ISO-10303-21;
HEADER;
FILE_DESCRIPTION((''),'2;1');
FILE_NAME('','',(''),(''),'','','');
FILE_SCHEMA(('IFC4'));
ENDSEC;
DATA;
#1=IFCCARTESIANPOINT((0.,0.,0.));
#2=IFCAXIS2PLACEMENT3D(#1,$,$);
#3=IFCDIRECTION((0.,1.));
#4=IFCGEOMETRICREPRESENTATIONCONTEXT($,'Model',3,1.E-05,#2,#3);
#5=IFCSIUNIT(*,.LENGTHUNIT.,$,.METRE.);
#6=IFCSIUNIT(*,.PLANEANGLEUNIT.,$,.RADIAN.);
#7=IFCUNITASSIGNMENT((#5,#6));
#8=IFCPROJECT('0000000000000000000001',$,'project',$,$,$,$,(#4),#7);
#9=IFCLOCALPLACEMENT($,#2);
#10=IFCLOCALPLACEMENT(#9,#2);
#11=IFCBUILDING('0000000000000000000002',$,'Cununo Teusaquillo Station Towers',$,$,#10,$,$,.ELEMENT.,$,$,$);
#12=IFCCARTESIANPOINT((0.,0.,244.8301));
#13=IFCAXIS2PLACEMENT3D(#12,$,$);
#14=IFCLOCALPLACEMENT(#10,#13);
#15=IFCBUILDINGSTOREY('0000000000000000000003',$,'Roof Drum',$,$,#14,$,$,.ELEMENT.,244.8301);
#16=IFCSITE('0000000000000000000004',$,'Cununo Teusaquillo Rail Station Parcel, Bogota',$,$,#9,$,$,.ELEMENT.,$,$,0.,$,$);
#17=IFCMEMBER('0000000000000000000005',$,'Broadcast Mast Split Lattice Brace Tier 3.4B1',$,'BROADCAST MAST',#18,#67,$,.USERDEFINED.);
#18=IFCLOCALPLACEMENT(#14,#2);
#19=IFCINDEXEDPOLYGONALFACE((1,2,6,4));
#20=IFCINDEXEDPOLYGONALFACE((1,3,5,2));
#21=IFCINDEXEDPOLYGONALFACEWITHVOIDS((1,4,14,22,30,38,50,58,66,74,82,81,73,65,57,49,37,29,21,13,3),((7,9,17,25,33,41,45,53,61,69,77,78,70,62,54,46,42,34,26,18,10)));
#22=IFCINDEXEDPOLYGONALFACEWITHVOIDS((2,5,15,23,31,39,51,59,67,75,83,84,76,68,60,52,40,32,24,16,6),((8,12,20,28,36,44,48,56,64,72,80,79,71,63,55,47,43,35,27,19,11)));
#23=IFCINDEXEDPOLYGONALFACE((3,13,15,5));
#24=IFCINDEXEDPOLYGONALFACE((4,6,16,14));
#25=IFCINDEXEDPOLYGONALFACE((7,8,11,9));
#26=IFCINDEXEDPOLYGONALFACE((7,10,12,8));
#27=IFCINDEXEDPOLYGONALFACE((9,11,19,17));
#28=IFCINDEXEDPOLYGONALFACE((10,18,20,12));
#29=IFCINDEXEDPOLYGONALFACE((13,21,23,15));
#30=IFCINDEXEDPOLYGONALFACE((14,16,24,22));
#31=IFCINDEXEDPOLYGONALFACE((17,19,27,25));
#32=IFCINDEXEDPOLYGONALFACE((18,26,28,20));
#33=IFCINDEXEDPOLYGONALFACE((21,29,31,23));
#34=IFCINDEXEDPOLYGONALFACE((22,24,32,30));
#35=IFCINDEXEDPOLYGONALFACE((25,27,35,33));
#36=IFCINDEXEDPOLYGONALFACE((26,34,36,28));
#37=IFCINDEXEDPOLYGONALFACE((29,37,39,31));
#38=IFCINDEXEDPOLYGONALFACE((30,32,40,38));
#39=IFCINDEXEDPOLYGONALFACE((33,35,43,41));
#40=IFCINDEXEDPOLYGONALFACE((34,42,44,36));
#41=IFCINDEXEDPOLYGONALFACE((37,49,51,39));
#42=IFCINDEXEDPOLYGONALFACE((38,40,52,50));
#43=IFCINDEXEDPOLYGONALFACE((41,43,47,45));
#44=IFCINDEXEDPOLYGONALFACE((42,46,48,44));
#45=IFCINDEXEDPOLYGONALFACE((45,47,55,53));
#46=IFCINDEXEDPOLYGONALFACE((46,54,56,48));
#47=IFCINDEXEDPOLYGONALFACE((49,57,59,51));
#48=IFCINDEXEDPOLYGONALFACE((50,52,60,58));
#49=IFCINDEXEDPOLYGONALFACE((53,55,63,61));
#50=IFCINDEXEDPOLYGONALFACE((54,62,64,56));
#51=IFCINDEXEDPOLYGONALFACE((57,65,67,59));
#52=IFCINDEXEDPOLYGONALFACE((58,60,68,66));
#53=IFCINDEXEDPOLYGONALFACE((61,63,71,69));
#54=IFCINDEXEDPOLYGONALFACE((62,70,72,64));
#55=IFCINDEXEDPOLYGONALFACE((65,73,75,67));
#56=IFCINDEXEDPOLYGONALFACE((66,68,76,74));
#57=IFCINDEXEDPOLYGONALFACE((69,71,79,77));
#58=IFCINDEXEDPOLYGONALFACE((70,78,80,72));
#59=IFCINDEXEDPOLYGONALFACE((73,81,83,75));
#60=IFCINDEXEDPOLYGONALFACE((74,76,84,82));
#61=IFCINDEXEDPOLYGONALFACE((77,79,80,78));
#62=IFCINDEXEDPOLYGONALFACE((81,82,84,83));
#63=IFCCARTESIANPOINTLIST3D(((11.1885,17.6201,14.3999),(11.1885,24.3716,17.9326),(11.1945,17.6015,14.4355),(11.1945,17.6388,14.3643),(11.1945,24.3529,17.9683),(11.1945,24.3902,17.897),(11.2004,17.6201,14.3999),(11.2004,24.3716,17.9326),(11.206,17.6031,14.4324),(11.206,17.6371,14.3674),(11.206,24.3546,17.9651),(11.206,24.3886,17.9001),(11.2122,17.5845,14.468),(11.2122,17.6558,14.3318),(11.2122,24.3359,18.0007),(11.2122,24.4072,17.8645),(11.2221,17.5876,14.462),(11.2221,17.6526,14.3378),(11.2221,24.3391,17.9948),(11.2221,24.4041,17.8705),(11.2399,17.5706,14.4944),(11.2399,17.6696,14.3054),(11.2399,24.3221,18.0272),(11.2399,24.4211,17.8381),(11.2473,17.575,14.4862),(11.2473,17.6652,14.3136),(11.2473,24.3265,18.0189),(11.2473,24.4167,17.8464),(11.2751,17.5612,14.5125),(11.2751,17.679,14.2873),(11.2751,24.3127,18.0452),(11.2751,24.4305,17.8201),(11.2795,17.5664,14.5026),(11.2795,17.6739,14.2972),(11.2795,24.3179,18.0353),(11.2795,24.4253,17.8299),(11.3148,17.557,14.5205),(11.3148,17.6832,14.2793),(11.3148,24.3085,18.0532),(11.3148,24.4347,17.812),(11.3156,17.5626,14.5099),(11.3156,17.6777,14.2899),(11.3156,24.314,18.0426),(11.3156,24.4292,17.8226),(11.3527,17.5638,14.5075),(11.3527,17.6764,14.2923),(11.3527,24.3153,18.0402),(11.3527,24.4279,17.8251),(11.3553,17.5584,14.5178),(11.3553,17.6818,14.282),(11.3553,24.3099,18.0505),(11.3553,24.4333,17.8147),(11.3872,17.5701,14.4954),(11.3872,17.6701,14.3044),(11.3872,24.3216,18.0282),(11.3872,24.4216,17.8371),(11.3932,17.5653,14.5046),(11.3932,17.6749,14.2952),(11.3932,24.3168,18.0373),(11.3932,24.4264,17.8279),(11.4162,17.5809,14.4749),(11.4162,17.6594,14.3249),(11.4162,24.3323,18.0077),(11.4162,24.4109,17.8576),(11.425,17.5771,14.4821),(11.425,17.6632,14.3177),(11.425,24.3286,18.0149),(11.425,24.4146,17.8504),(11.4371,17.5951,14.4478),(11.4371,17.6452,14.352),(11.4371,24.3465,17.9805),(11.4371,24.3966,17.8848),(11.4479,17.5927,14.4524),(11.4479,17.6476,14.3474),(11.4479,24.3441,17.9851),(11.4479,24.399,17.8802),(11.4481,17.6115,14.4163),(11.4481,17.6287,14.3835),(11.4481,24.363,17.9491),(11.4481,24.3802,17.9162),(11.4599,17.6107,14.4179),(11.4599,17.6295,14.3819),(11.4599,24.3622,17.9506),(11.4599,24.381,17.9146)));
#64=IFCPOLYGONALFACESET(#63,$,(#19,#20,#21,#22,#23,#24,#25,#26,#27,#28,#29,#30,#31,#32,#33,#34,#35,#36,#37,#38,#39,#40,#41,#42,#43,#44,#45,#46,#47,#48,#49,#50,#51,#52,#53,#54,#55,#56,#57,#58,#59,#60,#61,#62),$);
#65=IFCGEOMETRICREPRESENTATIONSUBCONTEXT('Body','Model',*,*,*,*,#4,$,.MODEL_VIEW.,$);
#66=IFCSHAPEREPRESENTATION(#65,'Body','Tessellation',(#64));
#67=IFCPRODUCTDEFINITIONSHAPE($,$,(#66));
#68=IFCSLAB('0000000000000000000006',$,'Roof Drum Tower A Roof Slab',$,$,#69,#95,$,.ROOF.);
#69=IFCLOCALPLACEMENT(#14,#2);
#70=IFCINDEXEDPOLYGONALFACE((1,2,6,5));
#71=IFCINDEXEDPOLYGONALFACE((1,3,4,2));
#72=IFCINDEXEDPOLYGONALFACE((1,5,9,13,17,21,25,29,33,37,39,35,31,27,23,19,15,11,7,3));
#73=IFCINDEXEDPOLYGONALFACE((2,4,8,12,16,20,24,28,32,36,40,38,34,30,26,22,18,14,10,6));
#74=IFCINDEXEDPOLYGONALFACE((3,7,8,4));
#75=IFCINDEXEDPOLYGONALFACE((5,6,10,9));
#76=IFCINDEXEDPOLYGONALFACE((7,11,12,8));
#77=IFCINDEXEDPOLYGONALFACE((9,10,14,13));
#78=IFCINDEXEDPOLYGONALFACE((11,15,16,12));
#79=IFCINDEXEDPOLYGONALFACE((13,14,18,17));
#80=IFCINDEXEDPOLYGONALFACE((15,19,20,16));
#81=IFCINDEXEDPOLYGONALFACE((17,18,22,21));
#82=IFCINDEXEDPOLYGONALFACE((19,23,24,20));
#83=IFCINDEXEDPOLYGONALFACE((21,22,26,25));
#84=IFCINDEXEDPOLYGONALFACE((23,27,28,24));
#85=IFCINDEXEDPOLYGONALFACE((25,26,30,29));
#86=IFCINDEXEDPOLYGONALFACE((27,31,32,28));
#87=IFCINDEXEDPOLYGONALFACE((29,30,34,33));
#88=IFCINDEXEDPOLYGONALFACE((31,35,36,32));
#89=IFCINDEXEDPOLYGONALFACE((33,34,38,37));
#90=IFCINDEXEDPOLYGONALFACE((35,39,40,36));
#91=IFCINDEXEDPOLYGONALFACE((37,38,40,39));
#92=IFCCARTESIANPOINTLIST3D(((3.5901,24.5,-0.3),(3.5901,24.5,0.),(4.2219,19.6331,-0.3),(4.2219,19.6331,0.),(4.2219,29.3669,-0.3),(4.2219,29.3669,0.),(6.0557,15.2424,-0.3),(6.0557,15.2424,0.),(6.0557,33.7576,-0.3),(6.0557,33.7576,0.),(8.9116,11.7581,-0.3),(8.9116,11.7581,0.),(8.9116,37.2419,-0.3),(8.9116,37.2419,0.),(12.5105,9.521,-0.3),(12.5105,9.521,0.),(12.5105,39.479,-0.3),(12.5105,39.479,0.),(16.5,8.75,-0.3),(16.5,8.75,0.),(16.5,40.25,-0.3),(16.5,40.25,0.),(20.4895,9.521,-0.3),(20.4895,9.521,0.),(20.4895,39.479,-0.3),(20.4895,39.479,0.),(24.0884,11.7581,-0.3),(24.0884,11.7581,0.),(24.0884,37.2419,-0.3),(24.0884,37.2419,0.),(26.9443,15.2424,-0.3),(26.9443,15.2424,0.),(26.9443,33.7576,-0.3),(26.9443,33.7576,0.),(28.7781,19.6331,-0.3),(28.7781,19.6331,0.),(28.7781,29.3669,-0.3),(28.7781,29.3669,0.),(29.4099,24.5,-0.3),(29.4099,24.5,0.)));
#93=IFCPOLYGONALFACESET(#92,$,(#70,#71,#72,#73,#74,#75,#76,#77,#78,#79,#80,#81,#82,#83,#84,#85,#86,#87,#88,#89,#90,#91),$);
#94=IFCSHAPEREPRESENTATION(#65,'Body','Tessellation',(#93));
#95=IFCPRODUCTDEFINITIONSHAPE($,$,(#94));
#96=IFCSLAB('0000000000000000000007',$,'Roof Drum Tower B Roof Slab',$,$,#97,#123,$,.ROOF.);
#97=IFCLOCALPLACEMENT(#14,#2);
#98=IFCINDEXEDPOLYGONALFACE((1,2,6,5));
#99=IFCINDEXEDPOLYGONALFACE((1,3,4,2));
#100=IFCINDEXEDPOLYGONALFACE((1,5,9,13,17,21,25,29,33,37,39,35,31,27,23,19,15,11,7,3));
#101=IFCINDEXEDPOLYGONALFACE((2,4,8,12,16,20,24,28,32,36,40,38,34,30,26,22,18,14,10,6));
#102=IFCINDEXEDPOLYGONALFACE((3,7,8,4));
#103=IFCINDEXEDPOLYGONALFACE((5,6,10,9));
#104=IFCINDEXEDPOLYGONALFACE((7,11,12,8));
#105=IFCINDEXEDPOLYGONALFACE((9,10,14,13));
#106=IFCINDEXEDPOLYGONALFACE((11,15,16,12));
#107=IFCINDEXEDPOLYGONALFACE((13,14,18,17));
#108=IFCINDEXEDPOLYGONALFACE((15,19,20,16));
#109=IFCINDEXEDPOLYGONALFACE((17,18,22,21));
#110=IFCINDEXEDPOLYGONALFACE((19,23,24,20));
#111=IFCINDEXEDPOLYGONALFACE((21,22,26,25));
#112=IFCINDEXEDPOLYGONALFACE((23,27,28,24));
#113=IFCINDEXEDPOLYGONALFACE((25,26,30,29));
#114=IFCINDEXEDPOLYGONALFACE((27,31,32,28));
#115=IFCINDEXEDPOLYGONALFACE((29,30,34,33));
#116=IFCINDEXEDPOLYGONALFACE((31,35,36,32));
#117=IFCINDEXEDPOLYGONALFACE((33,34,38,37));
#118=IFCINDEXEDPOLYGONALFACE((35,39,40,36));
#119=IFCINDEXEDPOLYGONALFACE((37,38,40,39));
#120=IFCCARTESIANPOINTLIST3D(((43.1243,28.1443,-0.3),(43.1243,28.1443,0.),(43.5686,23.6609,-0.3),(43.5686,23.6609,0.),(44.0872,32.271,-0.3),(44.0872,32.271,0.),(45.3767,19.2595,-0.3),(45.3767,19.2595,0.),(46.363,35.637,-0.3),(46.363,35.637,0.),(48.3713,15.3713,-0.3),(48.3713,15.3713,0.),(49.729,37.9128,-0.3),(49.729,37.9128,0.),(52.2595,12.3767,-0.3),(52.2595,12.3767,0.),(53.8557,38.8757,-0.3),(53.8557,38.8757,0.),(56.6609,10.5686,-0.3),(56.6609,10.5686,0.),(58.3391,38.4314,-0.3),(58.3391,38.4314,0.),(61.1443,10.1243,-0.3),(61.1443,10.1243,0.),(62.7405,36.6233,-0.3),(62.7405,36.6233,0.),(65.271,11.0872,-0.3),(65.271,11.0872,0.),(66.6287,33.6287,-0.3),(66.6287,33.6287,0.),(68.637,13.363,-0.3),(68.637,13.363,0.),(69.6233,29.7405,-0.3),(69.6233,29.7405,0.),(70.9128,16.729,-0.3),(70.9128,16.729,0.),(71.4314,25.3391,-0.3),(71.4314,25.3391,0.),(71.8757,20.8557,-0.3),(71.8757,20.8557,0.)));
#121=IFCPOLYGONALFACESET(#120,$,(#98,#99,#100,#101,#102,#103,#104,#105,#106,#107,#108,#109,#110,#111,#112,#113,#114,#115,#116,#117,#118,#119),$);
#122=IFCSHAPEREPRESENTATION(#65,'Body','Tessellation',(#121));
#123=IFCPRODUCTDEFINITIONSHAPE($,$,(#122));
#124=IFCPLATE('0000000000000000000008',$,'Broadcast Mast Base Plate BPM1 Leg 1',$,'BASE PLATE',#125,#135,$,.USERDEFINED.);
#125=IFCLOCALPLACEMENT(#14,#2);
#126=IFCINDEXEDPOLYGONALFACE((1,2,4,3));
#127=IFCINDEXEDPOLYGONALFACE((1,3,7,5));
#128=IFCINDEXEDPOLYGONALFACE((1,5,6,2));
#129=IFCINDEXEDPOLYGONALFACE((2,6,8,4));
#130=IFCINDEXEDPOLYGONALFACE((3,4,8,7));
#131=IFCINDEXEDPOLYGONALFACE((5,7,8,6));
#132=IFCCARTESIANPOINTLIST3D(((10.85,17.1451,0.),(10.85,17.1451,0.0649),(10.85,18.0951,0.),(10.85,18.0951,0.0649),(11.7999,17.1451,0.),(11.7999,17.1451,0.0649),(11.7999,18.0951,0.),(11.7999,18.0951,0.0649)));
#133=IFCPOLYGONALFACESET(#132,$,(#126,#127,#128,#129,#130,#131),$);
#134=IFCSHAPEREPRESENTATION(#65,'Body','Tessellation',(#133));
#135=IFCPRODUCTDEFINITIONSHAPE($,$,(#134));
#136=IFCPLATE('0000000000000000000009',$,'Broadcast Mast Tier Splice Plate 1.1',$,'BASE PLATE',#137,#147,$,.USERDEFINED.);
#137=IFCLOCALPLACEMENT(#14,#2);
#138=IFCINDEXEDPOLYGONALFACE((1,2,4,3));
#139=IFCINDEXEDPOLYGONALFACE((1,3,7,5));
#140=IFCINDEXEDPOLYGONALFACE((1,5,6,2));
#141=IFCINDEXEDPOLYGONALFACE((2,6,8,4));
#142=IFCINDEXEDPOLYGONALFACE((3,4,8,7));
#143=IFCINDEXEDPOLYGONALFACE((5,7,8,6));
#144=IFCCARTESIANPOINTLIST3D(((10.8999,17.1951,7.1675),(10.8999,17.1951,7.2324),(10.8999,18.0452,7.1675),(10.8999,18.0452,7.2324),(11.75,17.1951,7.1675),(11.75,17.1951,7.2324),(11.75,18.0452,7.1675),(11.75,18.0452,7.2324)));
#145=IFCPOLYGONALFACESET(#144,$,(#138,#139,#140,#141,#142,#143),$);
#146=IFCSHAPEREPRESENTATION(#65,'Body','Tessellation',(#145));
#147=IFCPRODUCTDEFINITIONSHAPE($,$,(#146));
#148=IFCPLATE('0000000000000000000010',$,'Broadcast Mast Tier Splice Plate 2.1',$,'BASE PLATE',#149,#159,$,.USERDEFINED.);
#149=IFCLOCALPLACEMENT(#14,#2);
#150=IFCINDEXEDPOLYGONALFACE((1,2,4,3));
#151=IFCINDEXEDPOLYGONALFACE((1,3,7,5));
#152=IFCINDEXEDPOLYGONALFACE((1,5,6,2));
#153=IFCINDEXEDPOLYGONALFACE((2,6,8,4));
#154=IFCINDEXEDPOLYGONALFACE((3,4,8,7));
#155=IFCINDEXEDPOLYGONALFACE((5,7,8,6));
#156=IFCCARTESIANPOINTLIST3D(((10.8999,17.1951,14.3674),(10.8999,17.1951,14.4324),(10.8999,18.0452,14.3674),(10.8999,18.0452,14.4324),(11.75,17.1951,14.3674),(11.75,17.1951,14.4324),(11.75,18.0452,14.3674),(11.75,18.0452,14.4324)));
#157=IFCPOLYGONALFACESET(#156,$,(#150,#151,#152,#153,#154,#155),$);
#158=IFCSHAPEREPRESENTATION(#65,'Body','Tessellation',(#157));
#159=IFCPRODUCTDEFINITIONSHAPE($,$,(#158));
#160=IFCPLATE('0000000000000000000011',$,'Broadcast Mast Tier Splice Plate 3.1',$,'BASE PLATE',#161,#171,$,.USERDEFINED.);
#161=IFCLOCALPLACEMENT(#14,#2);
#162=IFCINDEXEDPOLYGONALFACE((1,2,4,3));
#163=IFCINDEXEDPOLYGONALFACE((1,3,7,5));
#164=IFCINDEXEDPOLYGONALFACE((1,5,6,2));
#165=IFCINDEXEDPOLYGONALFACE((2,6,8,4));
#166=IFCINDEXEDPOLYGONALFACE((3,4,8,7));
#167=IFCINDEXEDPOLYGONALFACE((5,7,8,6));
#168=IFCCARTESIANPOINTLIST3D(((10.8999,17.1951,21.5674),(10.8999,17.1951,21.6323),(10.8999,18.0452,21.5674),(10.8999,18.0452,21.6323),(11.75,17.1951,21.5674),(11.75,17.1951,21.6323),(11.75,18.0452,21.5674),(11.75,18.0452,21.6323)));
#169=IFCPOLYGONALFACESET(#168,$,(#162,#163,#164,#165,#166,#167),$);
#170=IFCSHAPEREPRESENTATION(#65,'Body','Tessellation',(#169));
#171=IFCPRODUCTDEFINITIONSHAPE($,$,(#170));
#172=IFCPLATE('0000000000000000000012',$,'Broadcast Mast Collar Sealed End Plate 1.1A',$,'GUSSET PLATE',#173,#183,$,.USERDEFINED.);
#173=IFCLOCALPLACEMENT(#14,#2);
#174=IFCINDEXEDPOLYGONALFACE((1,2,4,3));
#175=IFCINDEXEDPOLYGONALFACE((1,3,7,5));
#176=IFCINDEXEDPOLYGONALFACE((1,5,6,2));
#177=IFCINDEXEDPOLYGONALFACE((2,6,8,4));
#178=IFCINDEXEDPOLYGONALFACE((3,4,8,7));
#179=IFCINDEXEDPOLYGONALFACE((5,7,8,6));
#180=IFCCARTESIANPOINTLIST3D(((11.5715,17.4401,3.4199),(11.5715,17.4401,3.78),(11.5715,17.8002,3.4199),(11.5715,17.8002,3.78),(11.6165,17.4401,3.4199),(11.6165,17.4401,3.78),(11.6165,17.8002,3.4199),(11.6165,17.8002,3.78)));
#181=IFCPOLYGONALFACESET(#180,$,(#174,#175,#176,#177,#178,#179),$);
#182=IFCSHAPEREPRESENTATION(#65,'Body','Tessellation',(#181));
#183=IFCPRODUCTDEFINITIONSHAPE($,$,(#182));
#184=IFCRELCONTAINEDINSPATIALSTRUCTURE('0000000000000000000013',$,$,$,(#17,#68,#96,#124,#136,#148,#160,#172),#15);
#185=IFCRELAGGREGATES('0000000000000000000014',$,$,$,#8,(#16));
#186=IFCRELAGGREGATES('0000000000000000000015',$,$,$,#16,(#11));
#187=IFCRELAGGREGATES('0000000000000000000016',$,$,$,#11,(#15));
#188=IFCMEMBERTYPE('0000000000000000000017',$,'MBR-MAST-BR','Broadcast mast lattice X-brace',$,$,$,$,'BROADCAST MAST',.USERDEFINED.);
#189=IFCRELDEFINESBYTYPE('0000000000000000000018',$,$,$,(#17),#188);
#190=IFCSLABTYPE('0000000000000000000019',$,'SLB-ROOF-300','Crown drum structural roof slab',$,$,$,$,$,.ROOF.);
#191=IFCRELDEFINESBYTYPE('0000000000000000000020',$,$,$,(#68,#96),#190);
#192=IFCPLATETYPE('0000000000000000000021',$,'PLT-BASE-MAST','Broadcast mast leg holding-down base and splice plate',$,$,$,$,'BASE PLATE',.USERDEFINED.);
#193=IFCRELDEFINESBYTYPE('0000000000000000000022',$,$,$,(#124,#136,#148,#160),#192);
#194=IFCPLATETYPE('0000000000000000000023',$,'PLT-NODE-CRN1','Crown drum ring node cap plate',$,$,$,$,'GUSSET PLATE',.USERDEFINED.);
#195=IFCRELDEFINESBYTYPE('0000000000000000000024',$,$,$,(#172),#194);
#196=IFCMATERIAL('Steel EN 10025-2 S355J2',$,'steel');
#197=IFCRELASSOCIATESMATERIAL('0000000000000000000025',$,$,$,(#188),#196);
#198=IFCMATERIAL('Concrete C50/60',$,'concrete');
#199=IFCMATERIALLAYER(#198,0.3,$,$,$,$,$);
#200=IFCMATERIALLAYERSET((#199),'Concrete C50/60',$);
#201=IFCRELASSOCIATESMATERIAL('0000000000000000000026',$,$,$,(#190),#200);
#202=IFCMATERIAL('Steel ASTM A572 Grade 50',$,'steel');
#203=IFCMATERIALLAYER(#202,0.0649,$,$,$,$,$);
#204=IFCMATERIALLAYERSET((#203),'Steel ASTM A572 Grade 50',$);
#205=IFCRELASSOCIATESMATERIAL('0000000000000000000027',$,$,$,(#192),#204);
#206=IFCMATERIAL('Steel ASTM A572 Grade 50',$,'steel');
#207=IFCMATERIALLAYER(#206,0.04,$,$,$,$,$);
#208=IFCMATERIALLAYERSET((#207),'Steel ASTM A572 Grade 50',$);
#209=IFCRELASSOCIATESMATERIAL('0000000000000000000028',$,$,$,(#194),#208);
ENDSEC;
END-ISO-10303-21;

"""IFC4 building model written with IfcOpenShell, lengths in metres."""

from ifc_helpers import new_model, si_unit, direction, frame, origin, origin_2d, place, context, subcontext, project, spatial, polyline, rectangle, hollow_circle, outline, extrude, source, transform, mapped, material, layer, layer_set, material_profile, profile_set, type_object, element, save


model = new_model("IFC4")

# Units and contexts
model_context = context("Model", 3, precision=1e-05, world=origin(), true_north=direction((0.0, 1.0)))
body_context = subcontext(model_context, "Body", "Model", "MODEL_VIEW")
ifc_project = project(units=[si_unit("LENGTHUNIT", "METRE"), si_unit("PLANEANGLEUNIT", "RADIAN")], contexts=[model_context])

# Site, building, storey
site_placement = place(None, origin())
site = spatial("IfcSite", under=ifc_project, at=site_placement, Name="Cununo Teusaquillo Rail Station Parcel, Bogota", CompositionType="ELEMENT", RefElevation=0.0)
building_placement = place(site_placement, origin())
building = spatial("IfcBuilding", under=site, at=building_placement, Name="Cununo Teusaquillo Station Towers", CompositionType="ELEMENT")
storey_placement = place(building_placement, frame((0.0, 0.0, 244.8301)))
storey = spatial("IfcBuildingStorey", under=building, at=storey_placement, Name="Roof Drum", CompositionType="ELEMENT", Elevation=244.8301)

# Member
ifc_material_1 = material(Name="Steel EN 10025-2 S355J2", Category="steel")
ifc_material_profile_1 = material_profile(ifc_material_1, hollow_circle(Radius=0.1365, WallThickness=0.012, at=origin_2d()), Name="CHS 273x12")
ifc_profile_set_1 = profile_set([ifc_material_profile_1], Name="Steel EN 10025-2 S355J2")
member_type = type_object("IfcMemberType", Name="MBR-MAST-BR", Description="Broadcast mast lattice X-brace", ElementType="BROADCAST MAST", PredefinedType="USERDEFINED", material=ifc_profile_set_1)
member_1_placement = place(storey_placement, frame((11.325, 17.6201, 14.3999), z_axis=(0.0, 0.886035, 0.463619), x_axis=(-1.0, 0.0, 0.0)))
element("IfcMember", 1, at=member_1_placement, inside=storey, type_object=member_type, Name="Broadcast Mast Split Lattice Brace Tier 3.4B1", ObjectType="BROADCAST MAST", PredefinedType="USERDEFINED", context=body_context, shape_type="SweptSolid", body=[
    extrude(hollow_circle(Radius=0.1365, WallThickness=0.012, at=origin_2d()), origin(), (0.0, 0.0, 1.0), 7.6199),
])

# Slabs
ifc_material_2 = material(Name="Concrete C50/60", Category="concrete")
ifc_layer_1 = layer(ifc_material_2, 0.3)
ifc_layer_set_1 = layer_set([ifc_layer_1], Name="Concrete C50/60")
slab_type = type_object("IfcSlabType", Name="SLB-ROOF-300", Description="Crown drum structural roof slab", PredefinedType="ROOF", material=ifc_layer_set_1)
slab_1_placement = place(storey_placement, frame((0.0, 0.0, -0.3)))
element("IfcSlab", 2, at=slab_1_placement, inside=storey, type_object=slab_type, Name="Roof Drum Tower A Roof Slab", PredefinedType="ROOF", context=body_context, shape_type="SweptSolid", body=[
    extrude(outline(polyline([(29.4099, 24.5), (28.7781, 29.3669), (26.9443, 33.7576), (24.0884, 37.2419), (20.4895, 39.479), (16.5, 40.25), (12.5105, 39.479), (8.9116, 37.2419), (6.0557, 33.7576), (4.2219, 29.3669), (3.5901, 24.5), (4.2219, 19.6331), (6.0557, 15.2424), (8.9116, 11.7581), (12.5105, 9.521), (16.5, 8.75), (20.4895, 9.521), (24.0884, 11.7581), (26.9443, 15.2424), (28.7781, 19.6331), (29.4099, 24.5)])), origin(), (0.0, 0.0, 1.0), 0.3),
])
slab_2_placement = place(storey_placement, frame((0.0, 0.0, -0.3)))
element("IfcSlab", 3, at=slab_2_placement, inside=storey, type_object=slab_type, Name="Roof Drum Tower B Roof Slab", PredefinedType="ROOF", context=body_context, shape_type="SweptSolid", body=[
    extrude(outline(polyline([(66.6287, 33.6287), (62.7405, 36.6233), (58.3391, 38.4314), (53.8557, 38.8757), (49.729, 37.9128), (46.363, 35.637), (44.0872, 32.271), (43.1243, 28.1443), (43.5686, 23.6609), (45.3767, 19.2595), (48.3713, 15.3713), (52.2595, 12.3767), (56.6609, 10.5686), (61.1443, 10.1243), (65.271, 11.0872), (68.637, 13.363), (70.9128, 16.729), (71.8757, 20.8557), (71.4314, 25.3391), (69.6233, 29.7405), (66.6287, 33.6287)])), origin(), (0.0, 0.0, 1.0), 0.3),
])

# Plates
ifc_material_3 = material(Name="Steel ASTM A572 Grade 50", Category="steel")
ifc_layer_2 = layer(ifc_material_3, 0.0649)
ifc_layer_set_2 = layer_set([ifc_layer_2], Name="Steel ASTM A572 Grade 50")
plate_type_1 = type_object("IfcPlateType", Name="PLT-BASE-MAST", Description="Broadcast mast leg holding-down base and splice plate", ElementType="BASE PLATE", PredefinedType="USERDEFINED", material=ifc_layer_set_2)
shared_shape_1 = source(origin(), body_context, "Body", "SweptSolid", [
    extrude(rectangle(XDim=0.95, YDim=0.95, at=origin_2d()), origin(), (0.0, 0.0, 1.0), 0.0649),
])
plate_placement = place(storey_placement, frame((11.325, 17.6201, 0.0), z_axis=(0.0, 0.0, 1.0), x_axis=(1.0, 0.0, 0.0)))
element("IfcPlate", 4, at=plate_placement, inside=storey, type_object=plate_type_1, Name="Broadcast Mast Base Plate BPM1 Leg 1", ObjectType="BASE PLATE", PredefinedType="USERDEFINED", context=body_context, shape_type="MappedRepresentation", body=[
    mapped(shared_shape_1, transform((0.0, 0.0, 0.0), x_axis=(1.0, 0.0, 0.0), y_axis=(0.0, 1.0, 0.0), z_axis=(0.0, 0.0, 1.0), scale=1.0)),
])
shared_shape_2 = source(origin(), body_context, "Body", "SweptSolid", [
    extrude(rectangle(XDim=0.8501, YDim=0.8501, at=origin_2d()), origin(), (0.0, 0.0, 1.0), 0.0649),
])
for number, where, z_axis, x_axis, name in (
    (5, (11.325, 17.6201, 7.1675), (0.0, 0.0, 1.0), (1.0, 0.0, 0.0), "Broadcast Mast Tier Splice Plate 1.1"),
    (6, (11.325, 17.6201, 14.3674), (0.0, 0.0, 1.0), (1.0, 0.0, 0.0), "Broadcast Mast Tier Splice Plate 2.1"),
    (7, (11.325, 17.6201, 21.5674), (0.0, 0.0, 1.0), (1.0, 0.0, 0.0), "Broadcast Mast Tier Splice Plate 3.1"),
):
    element("IfcPlate", number, at=place(storey_placement, frame(where, z_axis=z_axis, x_axis=x_axis)), inside=storey, type_object=plate_type_1, Name=name, ObjectType="BASE PLATE", PredefinedType="USERDEFINED", context=body_context, shape_type="MappedRepresentation", body=[
        mapped(shared_shape_2, transform((0.0, 0.0, 0.0), x_axis=(1.0, 0.0, 0.0), y_axis=(0.0, 1.0, 0.0), z_axis=(0.0, 0.0, 1.0), scale=1.0)),
    ])
ifc_material_4 = material(Name="Steel ASTM A572 Grade 50", Category="steel")
ifc_layer_3 = layer(ifc_material_4, 0.04)
ifc_layer_set_3 = layer_set([ifc_layer_3], Name="Steel ASTM A572 Grade 50")
plate_type_2 = type_object("IfcPlateType", Name="PLT-NODE-CRN1", Description="Crown drum ring node cap plate", ElementType="GUSSET PLATE", PredefinedType="USERDEFINED", material=ifc_layer_set_3)
shared_shape_3 = source(origin(), body_context, "Body", "SweptSolid", [
    extrude(rectangle(XDim=0.0449, YDim=0.3601, at=origin_2d()), origin(), (0.0, 0.0, 1.0), 0.3601),
])
for number, where, z_axis, x_axis, name in (
    (8, (11.594, 17.6201, 3.4199), (0.0, 0.0, 1.0), (1.0, 0.0, 0.0), "Broadcast Mast Collar Sealed End Plate 1.1A"),
):
    element("IfcPlate", number, at=place(storey_placement, frame(where, z_axis=z_axis, x_axis=x_axis)), inside=storey, type_object=plate_type_2, Name=name, ObjectType="GUSSET PLATE", PredefinedType="USERDEFINED", context=body_context, shape_type="MappedRepresentation", body=[
        mapped(shared_shape_3, transform((0.0, 0.0, 0.0), x_axis=(1.0, 0.0, 0.0), y_axis=(0.0, 1.0, 0.0), z_axis=(0.0, 0.0, 1.0), scale=1.0)),
    ])

save(model, "model.ifc")
